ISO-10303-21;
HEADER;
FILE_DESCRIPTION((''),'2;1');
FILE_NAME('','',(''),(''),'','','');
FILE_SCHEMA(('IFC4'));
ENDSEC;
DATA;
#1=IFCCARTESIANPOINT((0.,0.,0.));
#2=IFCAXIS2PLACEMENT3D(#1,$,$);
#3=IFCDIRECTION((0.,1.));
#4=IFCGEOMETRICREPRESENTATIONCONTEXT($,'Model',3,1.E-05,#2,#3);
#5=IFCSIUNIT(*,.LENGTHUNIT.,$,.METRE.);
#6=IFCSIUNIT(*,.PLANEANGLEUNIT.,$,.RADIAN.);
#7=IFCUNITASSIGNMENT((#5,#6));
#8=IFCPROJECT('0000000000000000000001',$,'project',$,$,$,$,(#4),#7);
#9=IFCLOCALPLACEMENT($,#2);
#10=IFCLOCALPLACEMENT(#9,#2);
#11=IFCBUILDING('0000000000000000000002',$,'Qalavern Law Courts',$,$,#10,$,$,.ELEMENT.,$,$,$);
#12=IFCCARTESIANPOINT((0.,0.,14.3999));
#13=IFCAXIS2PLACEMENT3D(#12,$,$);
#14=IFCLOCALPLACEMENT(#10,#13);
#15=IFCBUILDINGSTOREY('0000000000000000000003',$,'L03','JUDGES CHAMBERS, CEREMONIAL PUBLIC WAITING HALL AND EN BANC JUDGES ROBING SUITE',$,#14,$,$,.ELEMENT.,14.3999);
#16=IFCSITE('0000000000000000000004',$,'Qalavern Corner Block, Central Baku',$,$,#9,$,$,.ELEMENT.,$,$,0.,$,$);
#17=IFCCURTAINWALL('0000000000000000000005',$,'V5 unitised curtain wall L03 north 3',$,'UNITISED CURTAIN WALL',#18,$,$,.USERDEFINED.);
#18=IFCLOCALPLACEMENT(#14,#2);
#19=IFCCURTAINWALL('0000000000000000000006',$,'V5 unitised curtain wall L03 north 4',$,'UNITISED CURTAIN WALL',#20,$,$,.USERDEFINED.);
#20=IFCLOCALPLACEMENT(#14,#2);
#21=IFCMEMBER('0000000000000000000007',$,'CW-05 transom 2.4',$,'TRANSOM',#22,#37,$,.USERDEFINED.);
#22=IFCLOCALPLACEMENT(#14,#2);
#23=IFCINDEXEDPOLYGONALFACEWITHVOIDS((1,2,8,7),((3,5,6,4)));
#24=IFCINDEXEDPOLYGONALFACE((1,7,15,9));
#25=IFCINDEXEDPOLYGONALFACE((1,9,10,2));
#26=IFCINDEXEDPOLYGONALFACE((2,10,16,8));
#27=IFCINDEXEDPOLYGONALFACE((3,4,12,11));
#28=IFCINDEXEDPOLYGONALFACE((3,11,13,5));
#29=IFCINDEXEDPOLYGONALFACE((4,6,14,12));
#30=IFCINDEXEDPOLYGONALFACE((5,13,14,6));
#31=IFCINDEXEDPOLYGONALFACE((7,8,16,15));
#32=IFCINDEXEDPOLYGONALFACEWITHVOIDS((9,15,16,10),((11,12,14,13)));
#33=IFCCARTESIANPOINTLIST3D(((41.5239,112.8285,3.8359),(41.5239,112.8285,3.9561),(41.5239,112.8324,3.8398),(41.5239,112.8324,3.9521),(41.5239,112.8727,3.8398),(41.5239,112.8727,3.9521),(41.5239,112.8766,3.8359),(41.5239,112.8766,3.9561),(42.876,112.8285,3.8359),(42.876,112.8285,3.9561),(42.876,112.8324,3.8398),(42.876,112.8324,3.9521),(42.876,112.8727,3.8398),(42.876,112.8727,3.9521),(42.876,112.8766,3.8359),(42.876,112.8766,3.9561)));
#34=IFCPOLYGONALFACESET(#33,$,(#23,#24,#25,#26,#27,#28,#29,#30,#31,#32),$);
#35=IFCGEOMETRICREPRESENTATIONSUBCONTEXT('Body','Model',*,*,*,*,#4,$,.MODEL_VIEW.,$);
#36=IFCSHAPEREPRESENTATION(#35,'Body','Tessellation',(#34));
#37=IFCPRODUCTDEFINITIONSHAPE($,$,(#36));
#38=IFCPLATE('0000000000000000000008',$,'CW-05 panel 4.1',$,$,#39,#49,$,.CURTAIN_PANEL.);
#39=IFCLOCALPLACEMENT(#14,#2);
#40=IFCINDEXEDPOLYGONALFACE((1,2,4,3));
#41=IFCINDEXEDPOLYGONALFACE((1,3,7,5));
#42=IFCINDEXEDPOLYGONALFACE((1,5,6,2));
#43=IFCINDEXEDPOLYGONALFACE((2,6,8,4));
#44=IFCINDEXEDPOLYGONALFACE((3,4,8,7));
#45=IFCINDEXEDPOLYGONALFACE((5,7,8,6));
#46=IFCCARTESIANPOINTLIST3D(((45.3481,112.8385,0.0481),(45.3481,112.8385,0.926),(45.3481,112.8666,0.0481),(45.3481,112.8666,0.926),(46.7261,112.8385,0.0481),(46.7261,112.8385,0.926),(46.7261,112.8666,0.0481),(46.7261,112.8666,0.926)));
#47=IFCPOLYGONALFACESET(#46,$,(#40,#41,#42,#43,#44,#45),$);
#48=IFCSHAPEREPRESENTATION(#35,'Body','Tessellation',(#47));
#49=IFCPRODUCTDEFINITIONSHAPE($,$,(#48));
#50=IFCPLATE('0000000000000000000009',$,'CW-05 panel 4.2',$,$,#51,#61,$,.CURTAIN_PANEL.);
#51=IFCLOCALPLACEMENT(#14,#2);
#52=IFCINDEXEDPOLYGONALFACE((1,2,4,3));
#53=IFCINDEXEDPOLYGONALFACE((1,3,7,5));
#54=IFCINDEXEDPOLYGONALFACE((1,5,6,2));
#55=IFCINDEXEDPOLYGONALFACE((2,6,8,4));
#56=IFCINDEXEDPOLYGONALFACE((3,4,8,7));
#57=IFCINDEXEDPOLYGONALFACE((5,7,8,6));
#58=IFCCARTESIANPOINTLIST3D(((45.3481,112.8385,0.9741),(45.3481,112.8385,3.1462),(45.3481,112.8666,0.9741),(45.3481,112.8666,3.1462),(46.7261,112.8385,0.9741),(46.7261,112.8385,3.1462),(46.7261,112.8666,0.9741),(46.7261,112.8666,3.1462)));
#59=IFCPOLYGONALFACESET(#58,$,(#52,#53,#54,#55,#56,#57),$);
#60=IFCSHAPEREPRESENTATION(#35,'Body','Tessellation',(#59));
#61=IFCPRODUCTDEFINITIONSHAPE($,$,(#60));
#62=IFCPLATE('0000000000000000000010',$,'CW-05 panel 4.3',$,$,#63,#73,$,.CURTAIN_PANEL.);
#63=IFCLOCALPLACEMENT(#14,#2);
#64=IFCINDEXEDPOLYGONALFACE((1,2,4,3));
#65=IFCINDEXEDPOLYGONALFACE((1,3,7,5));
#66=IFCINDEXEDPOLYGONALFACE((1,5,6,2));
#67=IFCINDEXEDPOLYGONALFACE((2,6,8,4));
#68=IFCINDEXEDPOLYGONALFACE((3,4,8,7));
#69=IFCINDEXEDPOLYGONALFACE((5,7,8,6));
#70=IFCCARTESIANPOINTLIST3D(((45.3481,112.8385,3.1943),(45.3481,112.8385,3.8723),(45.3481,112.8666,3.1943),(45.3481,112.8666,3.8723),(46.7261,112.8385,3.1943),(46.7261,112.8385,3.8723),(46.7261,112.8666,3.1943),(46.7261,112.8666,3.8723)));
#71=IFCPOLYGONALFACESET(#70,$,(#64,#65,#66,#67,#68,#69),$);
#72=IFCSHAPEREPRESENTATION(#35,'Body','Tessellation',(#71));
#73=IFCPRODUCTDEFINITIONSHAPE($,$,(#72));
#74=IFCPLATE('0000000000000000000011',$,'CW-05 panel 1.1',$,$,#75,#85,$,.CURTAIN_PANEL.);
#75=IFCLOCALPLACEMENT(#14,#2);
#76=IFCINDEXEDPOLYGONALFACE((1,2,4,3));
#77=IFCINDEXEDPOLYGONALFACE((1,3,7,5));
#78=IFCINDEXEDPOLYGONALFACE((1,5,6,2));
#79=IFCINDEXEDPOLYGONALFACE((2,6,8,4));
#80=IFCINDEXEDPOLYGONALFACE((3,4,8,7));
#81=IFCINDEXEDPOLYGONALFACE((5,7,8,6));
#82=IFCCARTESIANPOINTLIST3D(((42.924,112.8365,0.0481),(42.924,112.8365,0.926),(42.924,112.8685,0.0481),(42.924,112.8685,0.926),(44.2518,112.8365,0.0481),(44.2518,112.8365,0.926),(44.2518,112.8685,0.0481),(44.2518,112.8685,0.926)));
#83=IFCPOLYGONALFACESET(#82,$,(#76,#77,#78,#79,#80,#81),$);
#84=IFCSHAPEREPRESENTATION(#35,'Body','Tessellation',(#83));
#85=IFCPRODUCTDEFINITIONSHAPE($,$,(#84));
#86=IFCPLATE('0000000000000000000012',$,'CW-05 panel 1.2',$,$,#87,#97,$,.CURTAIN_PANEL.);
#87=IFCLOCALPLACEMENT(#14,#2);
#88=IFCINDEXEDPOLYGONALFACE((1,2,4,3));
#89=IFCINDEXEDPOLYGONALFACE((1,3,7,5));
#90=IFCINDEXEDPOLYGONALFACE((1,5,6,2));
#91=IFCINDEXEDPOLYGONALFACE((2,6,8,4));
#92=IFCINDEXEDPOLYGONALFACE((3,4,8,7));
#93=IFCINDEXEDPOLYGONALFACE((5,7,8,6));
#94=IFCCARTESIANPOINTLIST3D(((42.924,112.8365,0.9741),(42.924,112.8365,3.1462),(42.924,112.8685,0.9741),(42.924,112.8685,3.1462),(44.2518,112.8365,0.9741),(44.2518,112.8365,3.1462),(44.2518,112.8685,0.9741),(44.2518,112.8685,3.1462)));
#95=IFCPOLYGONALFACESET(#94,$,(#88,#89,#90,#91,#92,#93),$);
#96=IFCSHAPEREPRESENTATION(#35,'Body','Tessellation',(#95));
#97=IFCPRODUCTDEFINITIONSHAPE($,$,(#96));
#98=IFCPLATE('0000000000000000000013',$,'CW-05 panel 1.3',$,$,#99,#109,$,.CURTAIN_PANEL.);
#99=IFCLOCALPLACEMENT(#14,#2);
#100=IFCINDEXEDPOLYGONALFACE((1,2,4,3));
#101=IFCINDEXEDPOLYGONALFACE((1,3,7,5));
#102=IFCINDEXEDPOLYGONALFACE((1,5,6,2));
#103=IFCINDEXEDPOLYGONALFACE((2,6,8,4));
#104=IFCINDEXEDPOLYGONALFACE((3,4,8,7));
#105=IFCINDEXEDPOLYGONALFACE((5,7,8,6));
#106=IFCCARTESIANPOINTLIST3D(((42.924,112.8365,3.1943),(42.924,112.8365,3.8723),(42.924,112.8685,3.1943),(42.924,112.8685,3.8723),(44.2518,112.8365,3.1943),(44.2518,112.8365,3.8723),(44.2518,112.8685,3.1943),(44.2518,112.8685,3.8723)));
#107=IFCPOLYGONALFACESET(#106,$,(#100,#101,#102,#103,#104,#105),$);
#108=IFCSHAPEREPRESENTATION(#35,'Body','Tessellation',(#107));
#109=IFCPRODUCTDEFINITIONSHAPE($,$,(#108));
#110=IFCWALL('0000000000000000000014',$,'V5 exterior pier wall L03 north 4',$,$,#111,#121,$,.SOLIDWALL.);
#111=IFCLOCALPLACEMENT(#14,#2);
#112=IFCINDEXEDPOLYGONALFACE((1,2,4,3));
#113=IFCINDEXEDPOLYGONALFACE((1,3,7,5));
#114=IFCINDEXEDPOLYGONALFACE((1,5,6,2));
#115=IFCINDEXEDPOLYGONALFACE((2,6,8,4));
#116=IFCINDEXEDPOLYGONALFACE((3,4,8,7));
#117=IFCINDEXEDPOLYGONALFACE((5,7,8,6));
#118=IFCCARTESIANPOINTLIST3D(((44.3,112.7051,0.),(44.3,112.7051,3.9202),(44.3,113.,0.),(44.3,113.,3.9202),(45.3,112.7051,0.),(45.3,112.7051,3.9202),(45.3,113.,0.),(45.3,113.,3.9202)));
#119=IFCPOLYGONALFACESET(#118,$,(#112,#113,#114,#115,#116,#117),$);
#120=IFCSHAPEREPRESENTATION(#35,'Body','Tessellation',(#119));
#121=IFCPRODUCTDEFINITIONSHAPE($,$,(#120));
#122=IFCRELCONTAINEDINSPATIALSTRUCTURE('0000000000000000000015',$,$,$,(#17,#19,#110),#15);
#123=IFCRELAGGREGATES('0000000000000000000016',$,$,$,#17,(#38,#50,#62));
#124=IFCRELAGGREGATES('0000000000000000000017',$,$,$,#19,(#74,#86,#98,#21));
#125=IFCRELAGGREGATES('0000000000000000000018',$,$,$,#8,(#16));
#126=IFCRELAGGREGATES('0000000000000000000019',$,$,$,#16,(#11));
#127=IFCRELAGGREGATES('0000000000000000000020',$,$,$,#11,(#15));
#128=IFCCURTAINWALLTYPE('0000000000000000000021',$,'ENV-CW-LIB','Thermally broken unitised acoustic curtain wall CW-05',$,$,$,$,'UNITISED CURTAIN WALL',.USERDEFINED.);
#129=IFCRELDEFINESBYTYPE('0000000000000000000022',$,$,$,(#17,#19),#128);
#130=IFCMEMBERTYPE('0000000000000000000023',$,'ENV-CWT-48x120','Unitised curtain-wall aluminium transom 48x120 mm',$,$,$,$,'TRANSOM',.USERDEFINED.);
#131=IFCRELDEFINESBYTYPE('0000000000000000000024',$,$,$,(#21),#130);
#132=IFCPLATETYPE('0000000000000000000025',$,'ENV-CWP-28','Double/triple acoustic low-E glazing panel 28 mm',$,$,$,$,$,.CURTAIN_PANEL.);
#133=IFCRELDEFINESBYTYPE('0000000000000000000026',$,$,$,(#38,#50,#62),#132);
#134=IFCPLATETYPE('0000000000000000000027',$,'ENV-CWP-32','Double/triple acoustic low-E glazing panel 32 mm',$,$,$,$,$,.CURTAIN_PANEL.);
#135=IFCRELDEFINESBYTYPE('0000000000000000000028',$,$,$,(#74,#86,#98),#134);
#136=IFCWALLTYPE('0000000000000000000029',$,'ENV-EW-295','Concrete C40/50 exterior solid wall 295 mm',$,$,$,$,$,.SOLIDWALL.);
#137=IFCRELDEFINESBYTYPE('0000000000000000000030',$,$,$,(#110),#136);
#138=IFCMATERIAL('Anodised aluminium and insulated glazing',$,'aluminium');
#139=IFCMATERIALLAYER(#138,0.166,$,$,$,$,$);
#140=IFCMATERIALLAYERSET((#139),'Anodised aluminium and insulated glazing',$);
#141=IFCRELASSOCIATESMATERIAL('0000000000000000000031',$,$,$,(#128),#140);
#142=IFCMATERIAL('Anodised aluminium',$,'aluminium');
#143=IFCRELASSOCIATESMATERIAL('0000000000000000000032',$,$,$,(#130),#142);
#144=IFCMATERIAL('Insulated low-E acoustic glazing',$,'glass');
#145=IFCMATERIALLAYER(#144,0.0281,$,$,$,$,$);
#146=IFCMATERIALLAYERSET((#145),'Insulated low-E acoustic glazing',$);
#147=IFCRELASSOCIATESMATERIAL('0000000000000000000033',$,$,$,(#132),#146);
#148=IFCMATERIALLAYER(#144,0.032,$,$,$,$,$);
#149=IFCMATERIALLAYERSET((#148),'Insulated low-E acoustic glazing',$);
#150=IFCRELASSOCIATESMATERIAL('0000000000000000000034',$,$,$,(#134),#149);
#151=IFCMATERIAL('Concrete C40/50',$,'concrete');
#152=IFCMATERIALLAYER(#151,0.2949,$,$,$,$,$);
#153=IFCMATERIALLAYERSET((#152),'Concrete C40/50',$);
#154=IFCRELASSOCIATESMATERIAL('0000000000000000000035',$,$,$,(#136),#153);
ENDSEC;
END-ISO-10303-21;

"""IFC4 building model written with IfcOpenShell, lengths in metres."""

from ifc_helpers import new_model, si_unit, direction, frame, frame_2d, origin, origin_2d, place, context, subcontext, project, spatial, rectangle, hollow_rectangle, extrude, material, layer, layer_set, material_profile, profile_set, type_object, element, aggregate, save


model = new_model("IFC4")

# Units and contexts
model_context = context("Model", 3, precision=1e-05, world=origin(), true_north=direction((0.0, 1.0)))
body_context = subcontext(model_context, "Body", "Model", "MODEL_VIEW")
ifc_project = project(units=[si_unit("LENGTHUNIT", "METRE"), si_unit("PLANEANGLEUNIT", "RADIAN")], contexts=[model_context])

# Site, building, storey
site_placement = place(None, origin())
site = spatial("IfcSite", under=ifc_project, at=site_placement, Name="Qalavern Corner Block, Central Baku", CompositionType="ELEMENT", RefElevation=0.0)
building_placement = place(site_placement, origin())
building = spatial("IfcBuilding", under=site, at=building_placement, Name="Qalavern Law Courts", CompositionType="ELEMENT")
storey_placement = place(building_placement, frame((0.0, 0.0, 14.3999)))
storey = spatial("IfcBuildingStorey", under=building, at=storey_placement, Name="L03", Description="JUDGES CHAMBERS, CEREMONIAL PUBLIC WAITING HALL AND EN BANC JUDGES ROBING SUITE", CompositionType="ELEMENT", Elevation=14.3999)

# Curtain wall
ifc_material_1 = material(Name="Anodised aluminium and insulated glazing", Category="aluminium")
ifc_layer_1 = layer(ifc_material_1, 0.166)
ifc_layer_set_1 = layer_set([ifc_layer_1], Name="Anodised aluminium and insulated glazing")
curtain_wall_type = type_object("IfcCurtainWallType", Name="ENV-CW-LIB", Description="Thermally broken unitised acoustic curtain wall CW-05", ElementType="UNITISED CURTAIN WALL", PredefinedType="USERDEFINED", material=ifc_layer_set_1)
curtain_wall_1_placement = place(storey_placement, origin())
curtain_wall_1 = element("IfcCurtainWall", 1, at=curtain_wall_1_placement, inside=storey, type_object=curtain_wall_type, Name="V5 unitised curtain wall L03 north 3", ObjectType="UNITISED CURTAIN WALL", PredefinedType="USERDEFINED")
ifc_material_2 = material(Name="Anodised aluminium", Category="aluminium")

# Curtain wall
curtain_wall_2_placement = place(storey_placement, origin())
curtain_wall_2 = element("IfcCurtainWall", 2, at=curtain_wall_2_placement, inside=storey, type_object=curtain_wall_type, Name="V5 unitised curtain wall L03 north 4", ObjectType="UNITISED CURTAIN WALL", PredefinedType="USERDEFINED")

# Member
ifc_material_profile_1 = material_profile(ifc_material_2, hollow_rectangle(XDim=0.0481, YDim=0.1201, WallThickness=0.0039, at=origin_2d()), Name="ALU TRANSOM 48x120")
ifc_profile_set_1 = profile_set([ifc_material_profile_1], Name="Anodised aluminium")
member_type_1 = type_object("IfcMemberType", Name="ENV-CWT-48x120", Description="Unitised curtain-wall aluminium transom 48x120 mm", ElementType="TRANSOM", PredefinedType="USERDEFINED", material=ifc_profile_set_1)
member_1_placement = place(storey_placement, frame((42.876, 112.8525, 3.896), z_axis=(-1.0, 0.0, 0.0), x_axis=(0.0, -1.0, 0.0)))
member_1 = element("IfcMember", 3, at=member_1_placement, type_object=member_type_1, Name="CW-05 transom 2.4", ObjectType="TRANSOM", PredefinedType="USERDEFINED", context=body_context, shape_type="SweptSolid", body=[
    extrude(hollow_rectangle(XDim=0.0481, YDim=0.1201, WallThickness=0.0039, at=origin_2d()), origin(), (0.0, 0.0, 1.0), 1.3521),
])

# Plates
ifc_material_3 = material(Name="Insulated low-E acoustic glazing", Category="glass")
ifc_layer_2 = layer(ifc_material_3, 0.0281)
ifc_layer_set_2 = layer_set([ifc_layer_2], Name="Insulated low-E acoustic glazing")
plate_type_1 = type_object("IfcPlateType", Name="ENV-CWP-28", Description="Double/triple acoustic low-E glazing panel 28 mm", PredefinedType="CURTAIN_PANEL", material=ifc_layer_set_2)
plate_1_placement = place(storey_placement, frame((46.0371, 112.8525, 0.0481), z_axis=(0.0, 0.0, 1.0), x_axis=(-1.0, 0.0, 0.0)))
plate_1 = element("IfcPlate", 4, at=plate_1_placement, type_object=plate_type_1, Name="CW-05 panel 4.1", PredefinedType="CURTAIN_PANEL", context=body_context, shape_type="SweptSolid", body=[
    extrude(rectangle(XDim=1.3779, YDim=0.0281, at=origin_2d()), origin(), (0.0, 0.0, 1.0), 0.8779),
])
plate_2_placement = place(storey_placement, frame((46.0371, 112.8525, 0.9741), z_axis=(0.0, 0.0, 1.0), x_axis=(-1.0, 0.0, 0.0)))
plate_2 = element("IfcPlate", 5, at=plate_2_placement, type_object=plate_type_1, Name="CW-05 panel 4.2", PredefinedType="CURTAIN_PANEL", context=body_context, shape_type="SweptSolid", body=[
    extrude(rectangle(XDim=1.3779, YDim=0.0281, at=origin_2d()), origin(), (0.0, 0.0, 1.0), 2.1721),
])
plate_3_placement = place(storey_placement, frame((46.0371, 112.8525, 3.1943), z_axis=(0.0, 0.0, 1.0), x_axis=(-1.0, 0.0, 0.0)))
plate_3 = element("IfcPlate", 6, at=plate_3_placement, type_object=plate_type_1, Name="CW-05 panel 4.3", PredefinedType="CURTAIN_PANEL", context=body_context, shape_type="SweptSolid", body=[
    extrude(rectangle(XDim=1.3779, YDim=0.0281, at=origin_2d()), origin(), (0.0, 0.0, 1.0), 0.678),
])
aggregate(curtain_wall_1, [plate_1, plate_2, plate_3])
ifc_layer_3 = layer(ifc_material_3, 0.032)
ifc_layer_set_3 = layer_set([ifc_layer_3], Name="Insulated low-E acoustic glazing")
plate_type_2 = type_object("IfcPlateType", Name="ENV-CWP-32", Description="Double/triple acoustic low-E glazing panel 32 mm", PredefinedType="CURTAIN_PANEL", material=ifc_layer_set_3)
plate_4_placement = place(storey_placement, frame((43.5879, 112.8525, 0.0481), z_axis=(0.0, 0.0, 1.0), x_axis=(-1.0, 0.0, 0.0)))
plate_4 = element("IfcPlate", 7, at=plate_4_placement, type_object=plate_type_2, Name="CW-05 panel 1.1", PredefinedType="CURTAIN_PANEL", context=body_context, shape_type="SweptSolid", body=[
    extrude(rectangle(XDim=1.3279, YDim=0.032, at=origin_2d()), origin(), (0.0, 0.0, 1.0), 0.8779),
])
plate_5_placement = place(storey_placement, frame((43.5879, 112.8525, 0.9741), z_axis=(0.0, 0.0, 1.0), x_axis=(-1.0, 0.0, 0.0)))
plate_5 = element("IfcPlate", 8, at=plate_5_placement, type_object=plate_type_2, Name="CW-05 panel 1.2", PredefinedType="CURTAIN_PANEL", context=body_context, shape_type="SweptSolid", body=[
    extrude(rectangle(XDim=1.3279, YDim=0.032, at=origin_2d()), origin(), (0.0, 0.0, 1.0), 2.1721),
])
plate_6_placement = place(storey_placement, frame((43.5879, 112.8525, 3.1943), z_axis=(0.0, 0.0, 1.0), x_axis=(-1.0, 0.0, 0.0)))
plate_6 = element("IfcPlate", 9, at=plate_6_placement, type_object=plate_type_2, Name="CW-05 panel 1.3", PredefinedType="CURTAIN_PANEL", context=body_context, shape_type="SweptSolid", body=[
    extrude(rectangle(XDim=1.3279, YDim=0.032, at=origin_2d()), origin(), (0.0, 0.0, 1.0), 0.678),
])
aggregate(curtain_wall_2, [plate_4, plate_5, plate_6, member_1])

# Wall
ifc_material_4 = material(Name="Concrete C40/50", Category="concrete")
ifc_layer_4 = layer(ifc_material_4, 0.2949)
ifc_layer_set_4 = layer_set([ifc_layer_4], Name="Concrete C40/50")
wall_type = type_object("IfcWallType", Name="ENV-EW-295", Description="Concrete C40/50 exterior solid wall 295 mm", PredefinedType="SOLIDWALL", material=ifc_layer_set_4)
wall_placement = place(storey_placement, frame((45.3, 112.8525, 0.0), z_axis=(0.0, 0.0, 1.0), x_axis=(-1.0, 0.0, 0.0)))
element("IfcWall", 10, at=wall_placement, inside=storey, type_object=wall_type, Name="V5 exterior pier wall L03 north 4", PredefinedType="SOLIDWALL", context=body_context, shape_type="SweptSolid", body=[
    extrude(rectangle(XDim=1.0, YDim=0.2949, at=frame_2d((0.5, 0.0))), origin(), (0.0, 0.0, 1.0), 3.9202),
])

save(model, "model.ifc")
